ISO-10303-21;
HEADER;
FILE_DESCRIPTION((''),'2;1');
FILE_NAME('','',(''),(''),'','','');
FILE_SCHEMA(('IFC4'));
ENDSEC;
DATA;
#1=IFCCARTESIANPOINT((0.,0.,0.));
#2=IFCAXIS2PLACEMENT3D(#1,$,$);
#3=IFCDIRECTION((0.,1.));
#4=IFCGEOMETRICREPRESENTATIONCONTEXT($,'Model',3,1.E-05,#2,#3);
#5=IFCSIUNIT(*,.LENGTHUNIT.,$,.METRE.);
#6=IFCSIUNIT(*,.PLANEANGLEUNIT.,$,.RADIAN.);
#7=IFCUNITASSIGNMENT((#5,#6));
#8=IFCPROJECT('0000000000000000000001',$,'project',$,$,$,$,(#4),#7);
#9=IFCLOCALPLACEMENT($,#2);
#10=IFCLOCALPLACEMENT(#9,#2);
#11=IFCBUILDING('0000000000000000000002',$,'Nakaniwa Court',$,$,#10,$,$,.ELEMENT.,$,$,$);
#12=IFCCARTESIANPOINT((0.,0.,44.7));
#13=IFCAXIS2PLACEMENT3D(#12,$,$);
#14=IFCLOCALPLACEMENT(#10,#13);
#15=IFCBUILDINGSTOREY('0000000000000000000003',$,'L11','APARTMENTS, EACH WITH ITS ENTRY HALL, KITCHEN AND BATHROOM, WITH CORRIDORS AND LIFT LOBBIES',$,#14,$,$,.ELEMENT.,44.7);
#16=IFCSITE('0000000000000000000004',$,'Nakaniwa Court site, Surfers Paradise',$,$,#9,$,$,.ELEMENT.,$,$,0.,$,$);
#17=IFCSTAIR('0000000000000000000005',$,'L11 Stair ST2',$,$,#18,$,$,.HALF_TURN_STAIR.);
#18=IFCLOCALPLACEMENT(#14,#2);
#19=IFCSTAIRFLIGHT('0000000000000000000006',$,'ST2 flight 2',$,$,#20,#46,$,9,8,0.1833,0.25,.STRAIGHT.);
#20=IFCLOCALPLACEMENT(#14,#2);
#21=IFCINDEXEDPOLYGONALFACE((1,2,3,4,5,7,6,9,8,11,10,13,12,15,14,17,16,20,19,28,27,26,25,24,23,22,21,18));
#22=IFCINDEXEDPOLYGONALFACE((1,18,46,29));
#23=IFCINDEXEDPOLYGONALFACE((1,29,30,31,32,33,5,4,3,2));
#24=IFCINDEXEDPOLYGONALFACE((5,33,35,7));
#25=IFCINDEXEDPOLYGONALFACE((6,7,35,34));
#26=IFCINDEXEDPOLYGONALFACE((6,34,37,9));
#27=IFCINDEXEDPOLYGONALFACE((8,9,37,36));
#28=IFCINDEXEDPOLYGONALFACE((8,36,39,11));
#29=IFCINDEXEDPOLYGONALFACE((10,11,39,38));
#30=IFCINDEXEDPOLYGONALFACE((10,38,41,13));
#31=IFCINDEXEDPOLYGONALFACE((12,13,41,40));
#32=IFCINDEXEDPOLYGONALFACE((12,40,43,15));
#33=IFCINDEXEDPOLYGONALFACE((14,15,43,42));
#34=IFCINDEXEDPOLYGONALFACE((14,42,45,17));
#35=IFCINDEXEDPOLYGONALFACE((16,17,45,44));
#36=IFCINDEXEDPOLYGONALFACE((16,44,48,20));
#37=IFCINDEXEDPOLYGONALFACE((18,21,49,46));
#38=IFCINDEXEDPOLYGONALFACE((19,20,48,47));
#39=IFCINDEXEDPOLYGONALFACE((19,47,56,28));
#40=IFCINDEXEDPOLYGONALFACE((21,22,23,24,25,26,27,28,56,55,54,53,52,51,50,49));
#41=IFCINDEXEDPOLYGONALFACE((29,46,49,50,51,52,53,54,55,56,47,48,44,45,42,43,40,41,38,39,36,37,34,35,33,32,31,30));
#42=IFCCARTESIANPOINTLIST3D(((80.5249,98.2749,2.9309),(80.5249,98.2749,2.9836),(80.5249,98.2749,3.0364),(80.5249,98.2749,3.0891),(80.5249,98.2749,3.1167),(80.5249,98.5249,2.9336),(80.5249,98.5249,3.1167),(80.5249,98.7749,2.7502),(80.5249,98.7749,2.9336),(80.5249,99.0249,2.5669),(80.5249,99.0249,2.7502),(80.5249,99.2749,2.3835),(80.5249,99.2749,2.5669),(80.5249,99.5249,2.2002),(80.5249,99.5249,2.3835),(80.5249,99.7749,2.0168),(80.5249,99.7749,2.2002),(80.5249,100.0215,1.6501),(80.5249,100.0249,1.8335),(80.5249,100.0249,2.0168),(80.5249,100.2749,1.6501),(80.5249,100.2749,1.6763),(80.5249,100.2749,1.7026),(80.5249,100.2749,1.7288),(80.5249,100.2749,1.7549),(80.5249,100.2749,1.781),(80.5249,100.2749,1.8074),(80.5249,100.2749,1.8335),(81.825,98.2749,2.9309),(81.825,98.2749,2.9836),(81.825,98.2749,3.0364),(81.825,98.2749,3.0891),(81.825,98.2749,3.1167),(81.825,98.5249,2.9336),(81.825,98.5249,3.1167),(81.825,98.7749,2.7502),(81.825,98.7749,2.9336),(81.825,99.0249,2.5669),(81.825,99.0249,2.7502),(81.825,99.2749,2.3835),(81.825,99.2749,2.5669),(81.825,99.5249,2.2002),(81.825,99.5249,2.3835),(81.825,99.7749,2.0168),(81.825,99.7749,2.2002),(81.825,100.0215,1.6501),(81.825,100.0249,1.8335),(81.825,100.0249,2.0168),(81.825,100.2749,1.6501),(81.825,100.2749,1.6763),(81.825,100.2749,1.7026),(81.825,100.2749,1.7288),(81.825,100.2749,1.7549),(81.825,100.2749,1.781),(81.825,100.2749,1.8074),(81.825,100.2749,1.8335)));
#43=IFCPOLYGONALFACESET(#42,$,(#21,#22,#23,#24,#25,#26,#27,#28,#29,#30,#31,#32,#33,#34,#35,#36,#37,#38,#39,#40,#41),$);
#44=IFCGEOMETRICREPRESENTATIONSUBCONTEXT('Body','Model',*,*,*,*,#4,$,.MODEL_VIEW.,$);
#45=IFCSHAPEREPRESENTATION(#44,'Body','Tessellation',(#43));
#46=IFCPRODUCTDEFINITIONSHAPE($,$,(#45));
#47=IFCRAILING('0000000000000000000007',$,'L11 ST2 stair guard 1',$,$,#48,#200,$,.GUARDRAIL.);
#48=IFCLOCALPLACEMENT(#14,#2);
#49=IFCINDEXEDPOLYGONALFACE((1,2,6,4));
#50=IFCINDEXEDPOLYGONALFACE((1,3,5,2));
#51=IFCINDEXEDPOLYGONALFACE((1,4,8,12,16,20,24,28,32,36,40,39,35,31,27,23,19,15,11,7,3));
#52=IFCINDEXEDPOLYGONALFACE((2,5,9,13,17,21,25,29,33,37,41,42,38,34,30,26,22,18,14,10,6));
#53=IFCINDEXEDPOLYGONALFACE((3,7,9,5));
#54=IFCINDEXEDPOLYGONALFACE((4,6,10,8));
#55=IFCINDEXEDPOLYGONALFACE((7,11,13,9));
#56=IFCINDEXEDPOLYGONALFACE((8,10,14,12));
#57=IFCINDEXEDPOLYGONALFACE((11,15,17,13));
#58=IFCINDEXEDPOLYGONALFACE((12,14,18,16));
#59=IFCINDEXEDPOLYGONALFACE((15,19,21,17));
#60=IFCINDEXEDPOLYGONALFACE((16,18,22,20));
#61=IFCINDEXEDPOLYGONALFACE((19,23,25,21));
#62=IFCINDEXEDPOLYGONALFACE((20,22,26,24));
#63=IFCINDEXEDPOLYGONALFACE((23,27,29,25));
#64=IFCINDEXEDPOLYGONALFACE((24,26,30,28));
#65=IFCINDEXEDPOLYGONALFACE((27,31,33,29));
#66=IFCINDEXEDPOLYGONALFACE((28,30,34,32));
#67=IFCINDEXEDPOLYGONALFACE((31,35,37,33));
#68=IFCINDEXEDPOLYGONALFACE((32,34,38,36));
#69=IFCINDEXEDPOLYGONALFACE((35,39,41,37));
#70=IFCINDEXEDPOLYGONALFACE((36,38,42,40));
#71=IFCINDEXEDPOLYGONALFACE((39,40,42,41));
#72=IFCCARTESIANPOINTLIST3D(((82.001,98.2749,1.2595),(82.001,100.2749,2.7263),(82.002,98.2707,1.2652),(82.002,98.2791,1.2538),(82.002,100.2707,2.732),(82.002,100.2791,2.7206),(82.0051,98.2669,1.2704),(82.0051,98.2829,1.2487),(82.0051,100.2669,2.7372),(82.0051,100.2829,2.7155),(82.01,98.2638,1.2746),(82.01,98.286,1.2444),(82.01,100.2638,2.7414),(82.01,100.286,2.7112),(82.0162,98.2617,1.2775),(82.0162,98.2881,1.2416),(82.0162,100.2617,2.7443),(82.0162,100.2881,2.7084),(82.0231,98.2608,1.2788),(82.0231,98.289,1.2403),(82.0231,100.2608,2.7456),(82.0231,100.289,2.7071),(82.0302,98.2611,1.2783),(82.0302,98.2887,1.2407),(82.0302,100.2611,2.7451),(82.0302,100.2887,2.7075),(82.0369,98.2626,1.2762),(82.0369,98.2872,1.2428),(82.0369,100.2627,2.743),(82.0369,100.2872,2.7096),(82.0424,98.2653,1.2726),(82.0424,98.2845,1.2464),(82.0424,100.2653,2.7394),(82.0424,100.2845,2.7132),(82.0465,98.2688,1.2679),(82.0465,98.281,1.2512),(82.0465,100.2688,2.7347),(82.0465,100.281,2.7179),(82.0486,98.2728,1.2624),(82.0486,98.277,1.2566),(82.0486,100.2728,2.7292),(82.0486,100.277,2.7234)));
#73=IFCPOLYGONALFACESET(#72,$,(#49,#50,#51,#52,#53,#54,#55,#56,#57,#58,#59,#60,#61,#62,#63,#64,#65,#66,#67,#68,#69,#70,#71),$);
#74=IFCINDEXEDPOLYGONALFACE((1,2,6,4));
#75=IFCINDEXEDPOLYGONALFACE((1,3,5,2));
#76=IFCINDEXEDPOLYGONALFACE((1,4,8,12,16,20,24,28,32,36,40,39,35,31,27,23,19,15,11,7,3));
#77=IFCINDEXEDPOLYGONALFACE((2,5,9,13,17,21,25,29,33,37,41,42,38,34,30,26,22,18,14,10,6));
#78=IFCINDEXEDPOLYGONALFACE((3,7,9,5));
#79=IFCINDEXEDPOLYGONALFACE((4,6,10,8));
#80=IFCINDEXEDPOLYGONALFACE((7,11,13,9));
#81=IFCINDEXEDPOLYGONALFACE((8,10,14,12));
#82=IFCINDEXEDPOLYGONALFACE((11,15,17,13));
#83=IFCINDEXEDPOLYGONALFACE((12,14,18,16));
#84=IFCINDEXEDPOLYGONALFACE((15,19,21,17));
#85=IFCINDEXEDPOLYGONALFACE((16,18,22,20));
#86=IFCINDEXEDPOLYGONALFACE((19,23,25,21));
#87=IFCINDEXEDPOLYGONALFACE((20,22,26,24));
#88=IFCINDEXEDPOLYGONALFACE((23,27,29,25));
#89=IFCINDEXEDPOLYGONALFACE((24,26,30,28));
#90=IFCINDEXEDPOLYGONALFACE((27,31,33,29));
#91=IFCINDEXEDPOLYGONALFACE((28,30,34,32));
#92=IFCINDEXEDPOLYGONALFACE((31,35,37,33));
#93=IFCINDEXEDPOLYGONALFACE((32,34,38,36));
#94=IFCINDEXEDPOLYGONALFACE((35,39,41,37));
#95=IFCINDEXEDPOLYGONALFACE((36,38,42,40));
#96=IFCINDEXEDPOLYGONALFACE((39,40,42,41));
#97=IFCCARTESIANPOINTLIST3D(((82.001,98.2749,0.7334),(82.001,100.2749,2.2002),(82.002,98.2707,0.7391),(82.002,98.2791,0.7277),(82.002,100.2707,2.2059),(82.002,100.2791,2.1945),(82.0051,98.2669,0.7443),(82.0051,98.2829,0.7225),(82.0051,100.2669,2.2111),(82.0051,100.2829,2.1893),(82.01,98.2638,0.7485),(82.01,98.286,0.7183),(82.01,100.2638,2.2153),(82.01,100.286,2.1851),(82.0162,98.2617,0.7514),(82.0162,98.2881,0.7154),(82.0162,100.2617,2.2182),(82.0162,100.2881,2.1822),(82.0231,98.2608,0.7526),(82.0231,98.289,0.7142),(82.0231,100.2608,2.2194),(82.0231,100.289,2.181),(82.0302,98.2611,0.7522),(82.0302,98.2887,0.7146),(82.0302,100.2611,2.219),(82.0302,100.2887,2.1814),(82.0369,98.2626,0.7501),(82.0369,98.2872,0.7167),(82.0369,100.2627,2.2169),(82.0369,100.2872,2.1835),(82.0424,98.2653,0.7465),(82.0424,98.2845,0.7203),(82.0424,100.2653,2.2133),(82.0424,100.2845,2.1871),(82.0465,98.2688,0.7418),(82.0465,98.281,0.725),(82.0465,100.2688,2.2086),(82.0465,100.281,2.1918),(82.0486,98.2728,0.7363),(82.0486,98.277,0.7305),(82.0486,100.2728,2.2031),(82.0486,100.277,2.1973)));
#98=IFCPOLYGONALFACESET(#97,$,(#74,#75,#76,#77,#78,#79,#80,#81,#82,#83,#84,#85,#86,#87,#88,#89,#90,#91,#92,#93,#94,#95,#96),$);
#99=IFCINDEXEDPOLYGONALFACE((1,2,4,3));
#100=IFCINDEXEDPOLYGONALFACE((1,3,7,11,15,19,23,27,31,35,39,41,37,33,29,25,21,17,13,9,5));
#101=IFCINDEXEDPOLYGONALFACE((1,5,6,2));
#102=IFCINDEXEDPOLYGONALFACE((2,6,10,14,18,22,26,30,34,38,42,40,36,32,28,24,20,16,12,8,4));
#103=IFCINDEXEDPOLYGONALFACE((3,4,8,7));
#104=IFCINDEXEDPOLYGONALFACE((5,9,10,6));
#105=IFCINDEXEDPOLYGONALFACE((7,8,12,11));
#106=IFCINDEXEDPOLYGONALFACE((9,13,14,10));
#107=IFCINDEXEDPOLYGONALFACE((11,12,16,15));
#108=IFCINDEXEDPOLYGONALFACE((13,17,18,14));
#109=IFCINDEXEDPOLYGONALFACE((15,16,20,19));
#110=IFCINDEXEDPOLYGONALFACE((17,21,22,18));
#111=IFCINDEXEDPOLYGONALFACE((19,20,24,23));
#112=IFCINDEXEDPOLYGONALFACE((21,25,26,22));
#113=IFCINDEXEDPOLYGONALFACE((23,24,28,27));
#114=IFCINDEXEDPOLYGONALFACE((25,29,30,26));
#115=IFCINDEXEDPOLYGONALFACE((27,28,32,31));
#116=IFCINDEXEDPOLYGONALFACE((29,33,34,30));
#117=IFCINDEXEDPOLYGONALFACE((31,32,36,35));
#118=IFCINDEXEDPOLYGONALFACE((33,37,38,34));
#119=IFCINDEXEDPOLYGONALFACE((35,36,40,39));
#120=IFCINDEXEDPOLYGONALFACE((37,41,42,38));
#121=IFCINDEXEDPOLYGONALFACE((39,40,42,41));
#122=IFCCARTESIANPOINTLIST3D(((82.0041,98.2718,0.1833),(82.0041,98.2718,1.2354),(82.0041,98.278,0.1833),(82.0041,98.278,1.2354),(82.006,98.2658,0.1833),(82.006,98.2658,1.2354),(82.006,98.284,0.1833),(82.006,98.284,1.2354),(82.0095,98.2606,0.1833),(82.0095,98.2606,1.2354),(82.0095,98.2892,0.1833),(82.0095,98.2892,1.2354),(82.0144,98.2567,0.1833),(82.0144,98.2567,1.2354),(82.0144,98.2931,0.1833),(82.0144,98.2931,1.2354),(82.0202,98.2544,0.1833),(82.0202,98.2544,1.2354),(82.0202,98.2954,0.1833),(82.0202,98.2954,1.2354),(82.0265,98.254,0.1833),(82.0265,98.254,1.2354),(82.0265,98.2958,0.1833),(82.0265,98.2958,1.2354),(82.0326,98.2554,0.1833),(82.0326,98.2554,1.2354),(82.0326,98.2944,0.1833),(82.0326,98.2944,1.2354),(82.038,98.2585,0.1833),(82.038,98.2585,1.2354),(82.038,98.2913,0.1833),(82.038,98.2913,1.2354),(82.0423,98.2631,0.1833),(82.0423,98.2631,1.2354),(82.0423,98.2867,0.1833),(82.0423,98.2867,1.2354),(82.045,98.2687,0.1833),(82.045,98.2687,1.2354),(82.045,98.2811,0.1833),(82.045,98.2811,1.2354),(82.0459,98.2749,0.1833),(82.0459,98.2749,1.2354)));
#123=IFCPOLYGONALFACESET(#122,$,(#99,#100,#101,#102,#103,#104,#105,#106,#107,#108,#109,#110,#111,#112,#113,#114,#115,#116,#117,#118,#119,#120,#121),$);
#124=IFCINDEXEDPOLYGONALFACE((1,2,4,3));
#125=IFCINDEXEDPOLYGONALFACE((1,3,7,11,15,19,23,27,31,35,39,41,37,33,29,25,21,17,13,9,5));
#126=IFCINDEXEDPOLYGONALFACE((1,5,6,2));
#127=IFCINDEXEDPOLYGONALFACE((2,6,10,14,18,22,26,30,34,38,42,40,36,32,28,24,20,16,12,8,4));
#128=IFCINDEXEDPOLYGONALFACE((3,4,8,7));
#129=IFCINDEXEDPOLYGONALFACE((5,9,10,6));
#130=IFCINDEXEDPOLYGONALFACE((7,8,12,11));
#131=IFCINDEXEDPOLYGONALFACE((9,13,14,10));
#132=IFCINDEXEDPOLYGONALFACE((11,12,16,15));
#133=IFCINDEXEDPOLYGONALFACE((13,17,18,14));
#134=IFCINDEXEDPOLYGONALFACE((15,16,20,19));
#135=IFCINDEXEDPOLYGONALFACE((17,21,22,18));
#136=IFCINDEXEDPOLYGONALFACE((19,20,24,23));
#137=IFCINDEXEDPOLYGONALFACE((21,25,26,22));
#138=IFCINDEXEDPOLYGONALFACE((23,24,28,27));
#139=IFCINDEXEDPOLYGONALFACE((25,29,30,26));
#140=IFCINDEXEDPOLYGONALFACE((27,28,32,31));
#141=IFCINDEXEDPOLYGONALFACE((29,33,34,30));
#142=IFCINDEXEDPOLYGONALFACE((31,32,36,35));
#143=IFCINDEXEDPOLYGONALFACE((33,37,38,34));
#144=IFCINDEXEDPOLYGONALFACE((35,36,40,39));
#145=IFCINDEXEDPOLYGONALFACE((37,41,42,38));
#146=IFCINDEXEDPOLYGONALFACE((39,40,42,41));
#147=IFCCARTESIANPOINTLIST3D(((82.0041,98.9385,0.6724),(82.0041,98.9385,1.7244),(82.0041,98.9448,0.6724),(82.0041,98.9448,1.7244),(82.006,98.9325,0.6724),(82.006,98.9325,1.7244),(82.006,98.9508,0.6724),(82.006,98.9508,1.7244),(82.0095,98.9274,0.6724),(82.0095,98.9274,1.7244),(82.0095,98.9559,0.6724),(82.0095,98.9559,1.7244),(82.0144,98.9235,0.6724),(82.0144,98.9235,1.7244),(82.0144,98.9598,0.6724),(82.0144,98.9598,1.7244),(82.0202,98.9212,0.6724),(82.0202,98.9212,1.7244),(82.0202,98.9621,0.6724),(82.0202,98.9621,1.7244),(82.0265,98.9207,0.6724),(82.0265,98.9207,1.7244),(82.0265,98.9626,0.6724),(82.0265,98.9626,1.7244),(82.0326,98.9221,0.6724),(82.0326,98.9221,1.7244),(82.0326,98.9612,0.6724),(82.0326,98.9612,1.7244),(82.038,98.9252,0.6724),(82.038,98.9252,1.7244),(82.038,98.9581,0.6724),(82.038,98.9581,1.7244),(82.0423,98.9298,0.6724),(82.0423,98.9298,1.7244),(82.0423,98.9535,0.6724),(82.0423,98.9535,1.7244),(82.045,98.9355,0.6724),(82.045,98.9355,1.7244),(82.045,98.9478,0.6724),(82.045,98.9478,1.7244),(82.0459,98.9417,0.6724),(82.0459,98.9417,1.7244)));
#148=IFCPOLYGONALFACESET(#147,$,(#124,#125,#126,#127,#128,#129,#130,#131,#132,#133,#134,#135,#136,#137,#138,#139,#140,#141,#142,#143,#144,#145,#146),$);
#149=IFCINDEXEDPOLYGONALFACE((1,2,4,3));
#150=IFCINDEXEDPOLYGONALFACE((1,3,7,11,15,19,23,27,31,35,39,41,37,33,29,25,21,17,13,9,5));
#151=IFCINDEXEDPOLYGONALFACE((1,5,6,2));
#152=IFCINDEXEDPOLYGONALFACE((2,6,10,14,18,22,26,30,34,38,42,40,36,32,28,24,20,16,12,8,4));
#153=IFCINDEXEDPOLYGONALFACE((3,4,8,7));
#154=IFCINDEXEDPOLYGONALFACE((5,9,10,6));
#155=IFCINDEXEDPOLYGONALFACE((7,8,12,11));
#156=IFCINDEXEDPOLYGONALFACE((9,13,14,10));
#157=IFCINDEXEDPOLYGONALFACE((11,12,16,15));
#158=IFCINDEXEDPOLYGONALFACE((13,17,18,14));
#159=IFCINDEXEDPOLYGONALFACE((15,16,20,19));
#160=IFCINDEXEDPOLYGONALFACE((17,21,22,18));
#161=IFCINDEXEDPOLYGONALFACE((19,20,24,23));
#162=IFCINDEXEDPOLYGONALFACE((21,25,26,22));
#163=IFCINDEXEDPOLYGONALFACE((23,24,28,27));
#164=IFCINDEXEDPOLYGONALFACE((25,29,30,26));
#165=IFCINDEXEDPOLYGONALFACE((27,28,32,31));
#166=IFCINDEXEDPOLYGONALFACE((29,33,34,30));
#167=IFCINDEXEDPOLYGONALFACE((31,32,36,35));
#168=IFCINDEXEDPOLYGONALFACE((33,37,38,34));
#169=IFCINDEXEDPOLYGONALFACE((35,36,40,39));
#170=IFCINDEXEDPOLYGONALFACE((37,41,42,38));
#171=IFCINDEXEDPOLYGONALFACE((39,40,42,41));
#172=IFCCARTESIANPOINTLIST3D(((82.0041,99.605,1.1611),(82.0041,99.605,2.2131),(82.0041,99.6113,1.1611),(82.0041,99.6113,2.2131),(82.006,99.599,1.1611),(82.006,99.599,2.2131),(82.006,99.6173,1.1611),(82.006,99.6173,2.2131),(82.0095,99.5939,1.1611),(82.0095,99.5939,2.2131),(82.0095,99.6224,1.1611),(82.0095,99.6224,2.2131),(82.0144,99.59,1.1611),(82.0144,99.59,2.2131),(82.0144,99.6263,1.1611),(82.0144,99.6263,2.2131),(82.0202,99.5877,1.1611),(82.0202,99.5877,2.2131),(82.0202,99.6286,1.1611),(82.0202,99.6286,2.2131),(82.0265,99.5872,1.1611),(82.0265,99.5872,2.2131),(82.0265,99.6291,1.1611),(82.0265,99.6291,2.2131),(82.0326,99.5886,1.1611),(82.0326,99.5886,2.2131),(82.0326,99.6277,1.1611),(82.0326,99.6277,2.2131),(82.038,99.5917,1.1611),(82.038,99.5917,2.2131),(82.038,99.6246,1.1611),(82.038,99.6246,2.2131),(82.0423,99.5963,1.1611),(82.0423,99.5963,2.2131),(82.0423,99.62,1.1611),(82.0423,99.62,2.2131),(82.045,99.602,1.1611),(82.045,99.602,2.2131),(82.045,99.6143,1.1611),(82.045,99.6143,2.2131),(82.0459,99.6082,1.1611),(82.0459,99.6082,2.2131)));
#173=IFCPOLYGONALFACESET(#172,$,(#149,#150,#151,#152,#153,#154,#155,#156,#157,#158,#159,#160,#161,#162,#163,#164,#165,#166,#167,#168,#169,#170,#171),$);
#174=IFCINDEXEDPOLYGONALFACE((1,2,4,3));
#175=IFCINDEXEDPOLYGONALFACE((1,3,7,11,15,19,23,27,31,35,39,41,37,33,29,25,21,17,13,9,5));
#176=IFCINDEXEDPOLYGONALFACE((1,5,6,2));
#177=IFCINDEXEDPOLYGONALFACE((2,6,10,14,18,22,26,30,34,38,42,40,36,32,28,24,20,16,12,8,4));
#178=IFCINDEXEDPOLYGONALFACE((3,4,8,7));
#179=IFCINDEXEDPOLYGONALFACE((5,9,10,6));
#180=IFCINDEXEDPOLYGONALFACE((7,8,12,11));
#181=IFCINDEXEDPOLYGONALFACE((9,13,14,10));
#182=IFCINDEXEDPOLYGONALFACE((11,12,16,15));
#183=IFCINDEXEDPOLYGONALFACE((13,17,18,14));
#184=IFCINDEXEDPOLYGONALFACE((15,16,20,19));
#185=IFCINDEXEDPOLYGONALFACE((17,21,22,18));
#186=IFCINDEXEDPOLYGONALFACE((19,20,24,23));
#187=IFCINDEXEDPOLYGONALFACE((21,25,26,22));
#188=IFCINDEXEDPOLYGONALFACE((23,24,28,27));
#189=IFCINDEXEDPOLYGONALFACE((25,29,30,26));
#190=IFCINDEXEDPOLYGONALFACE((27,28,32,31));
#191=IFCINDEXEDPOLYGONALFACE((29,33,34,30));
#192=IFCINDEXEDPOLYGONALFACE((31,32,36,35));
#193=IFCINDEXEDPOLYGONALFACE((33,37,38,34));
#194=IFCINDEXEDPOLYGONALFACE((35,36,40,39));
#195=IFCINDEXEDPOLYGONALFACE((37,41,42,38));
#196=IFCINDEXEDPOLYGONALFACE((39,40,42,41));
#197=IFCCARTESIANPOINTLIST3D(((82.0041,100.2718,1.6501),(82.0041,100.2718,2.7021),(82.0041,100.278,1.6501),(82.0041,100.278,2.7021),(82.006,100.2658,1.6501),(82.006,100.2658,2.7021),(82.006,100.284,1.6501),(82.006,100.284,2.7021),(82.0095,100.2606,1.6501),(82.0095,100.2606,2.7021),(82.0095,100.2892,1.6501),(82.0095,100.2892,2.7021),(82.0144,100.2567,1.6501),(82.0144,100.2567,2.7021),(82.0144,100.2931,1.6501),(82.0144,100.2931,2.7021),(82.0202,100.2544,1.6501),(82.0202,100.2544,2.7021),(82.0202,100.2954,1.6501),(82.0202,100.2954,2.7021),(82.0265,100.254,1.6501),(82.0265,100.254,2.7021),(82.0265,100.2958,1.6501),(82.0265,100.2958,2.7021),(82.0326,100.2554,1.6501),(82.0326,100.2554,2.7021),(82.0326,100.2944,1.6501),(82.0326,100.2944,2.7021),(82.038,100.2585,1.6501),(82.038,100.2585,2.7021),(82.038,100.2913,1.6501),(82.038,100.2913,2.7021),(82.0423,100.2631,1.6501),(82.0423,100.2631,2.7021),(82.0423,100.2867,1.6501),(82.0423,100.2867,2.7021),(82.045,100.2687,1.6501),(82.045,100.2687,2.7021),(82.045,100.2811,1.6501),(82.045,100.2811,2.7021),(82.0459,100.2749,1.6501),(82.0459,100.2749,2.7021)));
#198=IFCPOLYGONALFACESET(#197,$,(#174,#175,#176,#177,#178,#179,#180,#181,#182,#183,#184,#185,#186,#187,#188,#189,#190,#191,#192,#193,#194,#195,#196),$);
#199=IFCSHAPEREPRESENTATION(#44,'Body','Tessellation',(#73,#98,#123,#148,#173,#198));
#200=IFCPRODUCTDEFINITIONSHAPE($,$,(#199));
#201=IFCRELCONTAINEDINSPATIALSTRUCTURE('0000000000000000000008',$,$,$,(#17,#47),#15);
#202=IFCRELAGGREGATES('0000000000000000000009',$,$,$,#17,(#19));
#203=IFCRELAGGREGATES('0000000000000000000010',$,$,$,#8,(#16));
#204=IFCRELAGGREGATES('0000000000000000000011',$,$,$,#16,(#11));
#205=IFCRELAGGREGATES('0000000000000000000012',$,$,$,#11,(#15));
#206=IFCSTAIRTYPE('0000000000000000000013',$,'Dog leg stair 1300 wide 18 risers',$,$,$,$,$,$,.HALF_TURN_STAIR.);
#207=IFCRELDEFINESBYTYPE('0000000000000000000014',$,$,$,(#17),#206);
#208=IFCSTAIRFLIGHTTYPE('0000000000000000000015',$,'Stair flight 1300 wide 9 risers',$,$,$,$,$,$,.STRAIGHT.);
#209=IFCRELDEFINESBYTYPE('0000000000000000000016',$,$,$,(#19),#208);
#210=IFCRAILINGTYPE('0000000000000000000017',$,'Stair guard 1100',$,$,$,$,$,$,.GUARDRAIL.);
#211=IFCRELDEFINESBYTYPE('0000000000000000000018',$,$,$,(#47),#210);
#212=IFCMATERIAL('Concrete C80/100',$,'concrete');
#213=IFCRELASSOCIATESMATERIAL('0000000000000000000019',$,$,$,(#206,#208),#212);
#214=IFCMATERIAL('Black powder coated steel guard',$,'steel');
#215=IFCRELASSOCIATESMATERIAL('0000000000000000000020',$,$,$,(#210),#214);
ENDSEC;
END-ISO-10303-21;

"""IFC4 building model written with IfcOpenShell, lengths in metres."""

from ifc_helpers import new_model, si_unit, direction, frame, origin, origin_2d, place, context, subcontext, project, spatial, polyline, circle, outline, extrude, material, type_object, element, aggregate, save


model = new_model("IFC4")

# Units and contexts
model_context = context("Model", 3, precision=1e-05, world=origin(), true_north=direction((0.0, 1.0)))
body_context = subcontext(model_context, "Body", "Model", "MODEL_VIEW")
ifc_project = project(units=[si_unit("LENGTHUNIT", "METRE"), si_unit("PLANEANGLEUNIT", "RADIAN")], contexts=[model_context])

# Site, building, storey
site_placement = place(None, origin())
site = spatial("IfcSite", under=ifc_project, at=site_placement, Name="Nakaniwa Court site, Surfers Paradise", CompositionType="ELEMENT", RefElevation=0.0)
building_placement = place(site_placement, origin())
building = spatial("IfcBuilding", under=site, at=building_placement, Name="Nakaniwa Court", CompositionType="ELEMENT")
storey_placement = place(building_placement, frame((0.0, 0.0, 44.7)))
storey = spatial("IfcBuildingStorey", under=building, at=storey_placement, Name="L11", Description="APARTMENTS, EACH WITH ITS ENTRY HALL, KITCHEN AND BATHROOM, WITH CORRIDORS AND LIFT LOBBIES", CompositionType="ELEMENT", Elevation=44.7)

# Shared definitions
ifc_material_1 = material(Name="Concrete C80/100", Category="concrete")

# Stair, stair flight
stair_type = type_object("IfcStairType", Name="Dog leg stair 1300 wide 18 risers", PredefinedType="HALF_TURN_STAIR", material=ifc_material_1)
stair_placement = place(storey_placement, origin())
stair = element("IfcStair", 1, at=stair_placement, inside=storey, type_object=stair_type, Name="L11 Stair ST2", PredefinedType="HALF_TURN_STAIR")
stair_flight_type = type_object("IfcStairFlightType", Name="Stair flight 1300 wide 9 risers", PredefinedType="STRAIGHT", material=ifc_material_1)
stair_flight_1_placement = place(storey_placement, frame((81.175, 100.2749, 1.6501), z_axis=(0.0, 0.0, 1.0), x_axis=(0.0, -1.0, 0.0)))
stair_flight_1 = element("IfcStairFlight", 2, at=stair_flight_1_placement, type_object=stair_flight_type, Name="ST2 flight 2", NumberOfRisers=9, NumberOfTreads=8, PredefinedType="STRAIGHT", RiserHeight=0.1833, TreadLength=0.25, context=body_context, shape_type="SweptSolid", body=[
    extrude(outline(polyline([(0.0, 0.0), (0.0, 0.0261), (0.0, 0.0525), (0.0, 0.0786), (0.0, 0.1047), (0.0, 0.1309), (0.0, 0.1572), (0.0, 0.1833), (0.25, 0.1833), (0.25, 0.3667), (0.5, 0.3667), (0.5, 0.55), (0.75, 0.55), (0.75, 0.7334), (1.0, 0.7334), (1.0, 0.9167), (1.25, 0.9167), (1.25, 1.1001), (1.5, 1.1001), (1.5, 1.2834), (1.75, 1.2834), (1.75, 1.4666), (2.0, 1.4666), (2.0, 1.6499), (2.0, 1.5972), (2.0, 1.5444), (2.0, 1.4917), (2.0, 1.439), (2.0, 1.3862), (2.0, 1.3335), (2.0, 1.2808), (0.2534, 0.0), (0.0, 0.0)])), frame((0.0, 0.6499, 0.0), z_axis=(0.0, -1.0, 0.0), x_axis=(1.0, 0.0, 0.0)), (0.0, 0.0, 1.0), 1.3),
])
aggregate(stair, [stair_flight_1])

# Railing
ifc_material_2 = material(Name="Black powder coated steel guard", Category="steel")
railing_type_1 = type_object("IfcRailingType", Name="Stair guard 1100", PredefinedType="GUARDRAIL", material=ifc_material_2)
railing_1_placement = place(storey_placement, frame((82.0249, 98.2749, 0.1833)))
element("IfcRailing", 3, at=railing_1_placement, inside=storey, type_object=railing_type_1, Name="L11 ST2 stair guard 1", PredefinedType="GUARDRAIL", context=body_context, shape_type="SweptSolid", body=[
    extrude(circle(Radius=0.0239, at=origin_2d()), frame((0.0, 0.0, 1.0762), z_axis=(0.0, 0.80638, 0.591398), x_axis=(-1.0, 0.0, 0.0)), (0.0, 0.0, 1.0), 2.4802),
    extrude(circle(Radius=0.0239, at=origin_2d()), frame((0.0, 0.0, 0.55), z_axis=(0.0, 0.80638, 0.591398), x_axis=(-1.0, 0.0, 0.0)), (0.0, 0.0, 1.0), 2.4802),
    extrude(circle(Radius=0.021, at=origin_2d()), origin(), (0.0, 0.0, 1.0), 1.052),
    extrude(circle(Radius=0.021, at=origin_2d()), frame((0.0, 0.6667, 0.489)), (0.0, 0.0, 1.0), 1.052),
    extrude(circle(Radius=0.021, at=origin_2d()), frame((0.0, 1.3333, 0.9778)), (0.0, 0.0, 1.0), 1.052),
    extrude(circle(Radius=0.021, at=origin_2d()), frame((0.0, 2.0, 1.4668)), (0.0, 0.0, 1.0), 1.052),
])

save(model, "model.ifc")
